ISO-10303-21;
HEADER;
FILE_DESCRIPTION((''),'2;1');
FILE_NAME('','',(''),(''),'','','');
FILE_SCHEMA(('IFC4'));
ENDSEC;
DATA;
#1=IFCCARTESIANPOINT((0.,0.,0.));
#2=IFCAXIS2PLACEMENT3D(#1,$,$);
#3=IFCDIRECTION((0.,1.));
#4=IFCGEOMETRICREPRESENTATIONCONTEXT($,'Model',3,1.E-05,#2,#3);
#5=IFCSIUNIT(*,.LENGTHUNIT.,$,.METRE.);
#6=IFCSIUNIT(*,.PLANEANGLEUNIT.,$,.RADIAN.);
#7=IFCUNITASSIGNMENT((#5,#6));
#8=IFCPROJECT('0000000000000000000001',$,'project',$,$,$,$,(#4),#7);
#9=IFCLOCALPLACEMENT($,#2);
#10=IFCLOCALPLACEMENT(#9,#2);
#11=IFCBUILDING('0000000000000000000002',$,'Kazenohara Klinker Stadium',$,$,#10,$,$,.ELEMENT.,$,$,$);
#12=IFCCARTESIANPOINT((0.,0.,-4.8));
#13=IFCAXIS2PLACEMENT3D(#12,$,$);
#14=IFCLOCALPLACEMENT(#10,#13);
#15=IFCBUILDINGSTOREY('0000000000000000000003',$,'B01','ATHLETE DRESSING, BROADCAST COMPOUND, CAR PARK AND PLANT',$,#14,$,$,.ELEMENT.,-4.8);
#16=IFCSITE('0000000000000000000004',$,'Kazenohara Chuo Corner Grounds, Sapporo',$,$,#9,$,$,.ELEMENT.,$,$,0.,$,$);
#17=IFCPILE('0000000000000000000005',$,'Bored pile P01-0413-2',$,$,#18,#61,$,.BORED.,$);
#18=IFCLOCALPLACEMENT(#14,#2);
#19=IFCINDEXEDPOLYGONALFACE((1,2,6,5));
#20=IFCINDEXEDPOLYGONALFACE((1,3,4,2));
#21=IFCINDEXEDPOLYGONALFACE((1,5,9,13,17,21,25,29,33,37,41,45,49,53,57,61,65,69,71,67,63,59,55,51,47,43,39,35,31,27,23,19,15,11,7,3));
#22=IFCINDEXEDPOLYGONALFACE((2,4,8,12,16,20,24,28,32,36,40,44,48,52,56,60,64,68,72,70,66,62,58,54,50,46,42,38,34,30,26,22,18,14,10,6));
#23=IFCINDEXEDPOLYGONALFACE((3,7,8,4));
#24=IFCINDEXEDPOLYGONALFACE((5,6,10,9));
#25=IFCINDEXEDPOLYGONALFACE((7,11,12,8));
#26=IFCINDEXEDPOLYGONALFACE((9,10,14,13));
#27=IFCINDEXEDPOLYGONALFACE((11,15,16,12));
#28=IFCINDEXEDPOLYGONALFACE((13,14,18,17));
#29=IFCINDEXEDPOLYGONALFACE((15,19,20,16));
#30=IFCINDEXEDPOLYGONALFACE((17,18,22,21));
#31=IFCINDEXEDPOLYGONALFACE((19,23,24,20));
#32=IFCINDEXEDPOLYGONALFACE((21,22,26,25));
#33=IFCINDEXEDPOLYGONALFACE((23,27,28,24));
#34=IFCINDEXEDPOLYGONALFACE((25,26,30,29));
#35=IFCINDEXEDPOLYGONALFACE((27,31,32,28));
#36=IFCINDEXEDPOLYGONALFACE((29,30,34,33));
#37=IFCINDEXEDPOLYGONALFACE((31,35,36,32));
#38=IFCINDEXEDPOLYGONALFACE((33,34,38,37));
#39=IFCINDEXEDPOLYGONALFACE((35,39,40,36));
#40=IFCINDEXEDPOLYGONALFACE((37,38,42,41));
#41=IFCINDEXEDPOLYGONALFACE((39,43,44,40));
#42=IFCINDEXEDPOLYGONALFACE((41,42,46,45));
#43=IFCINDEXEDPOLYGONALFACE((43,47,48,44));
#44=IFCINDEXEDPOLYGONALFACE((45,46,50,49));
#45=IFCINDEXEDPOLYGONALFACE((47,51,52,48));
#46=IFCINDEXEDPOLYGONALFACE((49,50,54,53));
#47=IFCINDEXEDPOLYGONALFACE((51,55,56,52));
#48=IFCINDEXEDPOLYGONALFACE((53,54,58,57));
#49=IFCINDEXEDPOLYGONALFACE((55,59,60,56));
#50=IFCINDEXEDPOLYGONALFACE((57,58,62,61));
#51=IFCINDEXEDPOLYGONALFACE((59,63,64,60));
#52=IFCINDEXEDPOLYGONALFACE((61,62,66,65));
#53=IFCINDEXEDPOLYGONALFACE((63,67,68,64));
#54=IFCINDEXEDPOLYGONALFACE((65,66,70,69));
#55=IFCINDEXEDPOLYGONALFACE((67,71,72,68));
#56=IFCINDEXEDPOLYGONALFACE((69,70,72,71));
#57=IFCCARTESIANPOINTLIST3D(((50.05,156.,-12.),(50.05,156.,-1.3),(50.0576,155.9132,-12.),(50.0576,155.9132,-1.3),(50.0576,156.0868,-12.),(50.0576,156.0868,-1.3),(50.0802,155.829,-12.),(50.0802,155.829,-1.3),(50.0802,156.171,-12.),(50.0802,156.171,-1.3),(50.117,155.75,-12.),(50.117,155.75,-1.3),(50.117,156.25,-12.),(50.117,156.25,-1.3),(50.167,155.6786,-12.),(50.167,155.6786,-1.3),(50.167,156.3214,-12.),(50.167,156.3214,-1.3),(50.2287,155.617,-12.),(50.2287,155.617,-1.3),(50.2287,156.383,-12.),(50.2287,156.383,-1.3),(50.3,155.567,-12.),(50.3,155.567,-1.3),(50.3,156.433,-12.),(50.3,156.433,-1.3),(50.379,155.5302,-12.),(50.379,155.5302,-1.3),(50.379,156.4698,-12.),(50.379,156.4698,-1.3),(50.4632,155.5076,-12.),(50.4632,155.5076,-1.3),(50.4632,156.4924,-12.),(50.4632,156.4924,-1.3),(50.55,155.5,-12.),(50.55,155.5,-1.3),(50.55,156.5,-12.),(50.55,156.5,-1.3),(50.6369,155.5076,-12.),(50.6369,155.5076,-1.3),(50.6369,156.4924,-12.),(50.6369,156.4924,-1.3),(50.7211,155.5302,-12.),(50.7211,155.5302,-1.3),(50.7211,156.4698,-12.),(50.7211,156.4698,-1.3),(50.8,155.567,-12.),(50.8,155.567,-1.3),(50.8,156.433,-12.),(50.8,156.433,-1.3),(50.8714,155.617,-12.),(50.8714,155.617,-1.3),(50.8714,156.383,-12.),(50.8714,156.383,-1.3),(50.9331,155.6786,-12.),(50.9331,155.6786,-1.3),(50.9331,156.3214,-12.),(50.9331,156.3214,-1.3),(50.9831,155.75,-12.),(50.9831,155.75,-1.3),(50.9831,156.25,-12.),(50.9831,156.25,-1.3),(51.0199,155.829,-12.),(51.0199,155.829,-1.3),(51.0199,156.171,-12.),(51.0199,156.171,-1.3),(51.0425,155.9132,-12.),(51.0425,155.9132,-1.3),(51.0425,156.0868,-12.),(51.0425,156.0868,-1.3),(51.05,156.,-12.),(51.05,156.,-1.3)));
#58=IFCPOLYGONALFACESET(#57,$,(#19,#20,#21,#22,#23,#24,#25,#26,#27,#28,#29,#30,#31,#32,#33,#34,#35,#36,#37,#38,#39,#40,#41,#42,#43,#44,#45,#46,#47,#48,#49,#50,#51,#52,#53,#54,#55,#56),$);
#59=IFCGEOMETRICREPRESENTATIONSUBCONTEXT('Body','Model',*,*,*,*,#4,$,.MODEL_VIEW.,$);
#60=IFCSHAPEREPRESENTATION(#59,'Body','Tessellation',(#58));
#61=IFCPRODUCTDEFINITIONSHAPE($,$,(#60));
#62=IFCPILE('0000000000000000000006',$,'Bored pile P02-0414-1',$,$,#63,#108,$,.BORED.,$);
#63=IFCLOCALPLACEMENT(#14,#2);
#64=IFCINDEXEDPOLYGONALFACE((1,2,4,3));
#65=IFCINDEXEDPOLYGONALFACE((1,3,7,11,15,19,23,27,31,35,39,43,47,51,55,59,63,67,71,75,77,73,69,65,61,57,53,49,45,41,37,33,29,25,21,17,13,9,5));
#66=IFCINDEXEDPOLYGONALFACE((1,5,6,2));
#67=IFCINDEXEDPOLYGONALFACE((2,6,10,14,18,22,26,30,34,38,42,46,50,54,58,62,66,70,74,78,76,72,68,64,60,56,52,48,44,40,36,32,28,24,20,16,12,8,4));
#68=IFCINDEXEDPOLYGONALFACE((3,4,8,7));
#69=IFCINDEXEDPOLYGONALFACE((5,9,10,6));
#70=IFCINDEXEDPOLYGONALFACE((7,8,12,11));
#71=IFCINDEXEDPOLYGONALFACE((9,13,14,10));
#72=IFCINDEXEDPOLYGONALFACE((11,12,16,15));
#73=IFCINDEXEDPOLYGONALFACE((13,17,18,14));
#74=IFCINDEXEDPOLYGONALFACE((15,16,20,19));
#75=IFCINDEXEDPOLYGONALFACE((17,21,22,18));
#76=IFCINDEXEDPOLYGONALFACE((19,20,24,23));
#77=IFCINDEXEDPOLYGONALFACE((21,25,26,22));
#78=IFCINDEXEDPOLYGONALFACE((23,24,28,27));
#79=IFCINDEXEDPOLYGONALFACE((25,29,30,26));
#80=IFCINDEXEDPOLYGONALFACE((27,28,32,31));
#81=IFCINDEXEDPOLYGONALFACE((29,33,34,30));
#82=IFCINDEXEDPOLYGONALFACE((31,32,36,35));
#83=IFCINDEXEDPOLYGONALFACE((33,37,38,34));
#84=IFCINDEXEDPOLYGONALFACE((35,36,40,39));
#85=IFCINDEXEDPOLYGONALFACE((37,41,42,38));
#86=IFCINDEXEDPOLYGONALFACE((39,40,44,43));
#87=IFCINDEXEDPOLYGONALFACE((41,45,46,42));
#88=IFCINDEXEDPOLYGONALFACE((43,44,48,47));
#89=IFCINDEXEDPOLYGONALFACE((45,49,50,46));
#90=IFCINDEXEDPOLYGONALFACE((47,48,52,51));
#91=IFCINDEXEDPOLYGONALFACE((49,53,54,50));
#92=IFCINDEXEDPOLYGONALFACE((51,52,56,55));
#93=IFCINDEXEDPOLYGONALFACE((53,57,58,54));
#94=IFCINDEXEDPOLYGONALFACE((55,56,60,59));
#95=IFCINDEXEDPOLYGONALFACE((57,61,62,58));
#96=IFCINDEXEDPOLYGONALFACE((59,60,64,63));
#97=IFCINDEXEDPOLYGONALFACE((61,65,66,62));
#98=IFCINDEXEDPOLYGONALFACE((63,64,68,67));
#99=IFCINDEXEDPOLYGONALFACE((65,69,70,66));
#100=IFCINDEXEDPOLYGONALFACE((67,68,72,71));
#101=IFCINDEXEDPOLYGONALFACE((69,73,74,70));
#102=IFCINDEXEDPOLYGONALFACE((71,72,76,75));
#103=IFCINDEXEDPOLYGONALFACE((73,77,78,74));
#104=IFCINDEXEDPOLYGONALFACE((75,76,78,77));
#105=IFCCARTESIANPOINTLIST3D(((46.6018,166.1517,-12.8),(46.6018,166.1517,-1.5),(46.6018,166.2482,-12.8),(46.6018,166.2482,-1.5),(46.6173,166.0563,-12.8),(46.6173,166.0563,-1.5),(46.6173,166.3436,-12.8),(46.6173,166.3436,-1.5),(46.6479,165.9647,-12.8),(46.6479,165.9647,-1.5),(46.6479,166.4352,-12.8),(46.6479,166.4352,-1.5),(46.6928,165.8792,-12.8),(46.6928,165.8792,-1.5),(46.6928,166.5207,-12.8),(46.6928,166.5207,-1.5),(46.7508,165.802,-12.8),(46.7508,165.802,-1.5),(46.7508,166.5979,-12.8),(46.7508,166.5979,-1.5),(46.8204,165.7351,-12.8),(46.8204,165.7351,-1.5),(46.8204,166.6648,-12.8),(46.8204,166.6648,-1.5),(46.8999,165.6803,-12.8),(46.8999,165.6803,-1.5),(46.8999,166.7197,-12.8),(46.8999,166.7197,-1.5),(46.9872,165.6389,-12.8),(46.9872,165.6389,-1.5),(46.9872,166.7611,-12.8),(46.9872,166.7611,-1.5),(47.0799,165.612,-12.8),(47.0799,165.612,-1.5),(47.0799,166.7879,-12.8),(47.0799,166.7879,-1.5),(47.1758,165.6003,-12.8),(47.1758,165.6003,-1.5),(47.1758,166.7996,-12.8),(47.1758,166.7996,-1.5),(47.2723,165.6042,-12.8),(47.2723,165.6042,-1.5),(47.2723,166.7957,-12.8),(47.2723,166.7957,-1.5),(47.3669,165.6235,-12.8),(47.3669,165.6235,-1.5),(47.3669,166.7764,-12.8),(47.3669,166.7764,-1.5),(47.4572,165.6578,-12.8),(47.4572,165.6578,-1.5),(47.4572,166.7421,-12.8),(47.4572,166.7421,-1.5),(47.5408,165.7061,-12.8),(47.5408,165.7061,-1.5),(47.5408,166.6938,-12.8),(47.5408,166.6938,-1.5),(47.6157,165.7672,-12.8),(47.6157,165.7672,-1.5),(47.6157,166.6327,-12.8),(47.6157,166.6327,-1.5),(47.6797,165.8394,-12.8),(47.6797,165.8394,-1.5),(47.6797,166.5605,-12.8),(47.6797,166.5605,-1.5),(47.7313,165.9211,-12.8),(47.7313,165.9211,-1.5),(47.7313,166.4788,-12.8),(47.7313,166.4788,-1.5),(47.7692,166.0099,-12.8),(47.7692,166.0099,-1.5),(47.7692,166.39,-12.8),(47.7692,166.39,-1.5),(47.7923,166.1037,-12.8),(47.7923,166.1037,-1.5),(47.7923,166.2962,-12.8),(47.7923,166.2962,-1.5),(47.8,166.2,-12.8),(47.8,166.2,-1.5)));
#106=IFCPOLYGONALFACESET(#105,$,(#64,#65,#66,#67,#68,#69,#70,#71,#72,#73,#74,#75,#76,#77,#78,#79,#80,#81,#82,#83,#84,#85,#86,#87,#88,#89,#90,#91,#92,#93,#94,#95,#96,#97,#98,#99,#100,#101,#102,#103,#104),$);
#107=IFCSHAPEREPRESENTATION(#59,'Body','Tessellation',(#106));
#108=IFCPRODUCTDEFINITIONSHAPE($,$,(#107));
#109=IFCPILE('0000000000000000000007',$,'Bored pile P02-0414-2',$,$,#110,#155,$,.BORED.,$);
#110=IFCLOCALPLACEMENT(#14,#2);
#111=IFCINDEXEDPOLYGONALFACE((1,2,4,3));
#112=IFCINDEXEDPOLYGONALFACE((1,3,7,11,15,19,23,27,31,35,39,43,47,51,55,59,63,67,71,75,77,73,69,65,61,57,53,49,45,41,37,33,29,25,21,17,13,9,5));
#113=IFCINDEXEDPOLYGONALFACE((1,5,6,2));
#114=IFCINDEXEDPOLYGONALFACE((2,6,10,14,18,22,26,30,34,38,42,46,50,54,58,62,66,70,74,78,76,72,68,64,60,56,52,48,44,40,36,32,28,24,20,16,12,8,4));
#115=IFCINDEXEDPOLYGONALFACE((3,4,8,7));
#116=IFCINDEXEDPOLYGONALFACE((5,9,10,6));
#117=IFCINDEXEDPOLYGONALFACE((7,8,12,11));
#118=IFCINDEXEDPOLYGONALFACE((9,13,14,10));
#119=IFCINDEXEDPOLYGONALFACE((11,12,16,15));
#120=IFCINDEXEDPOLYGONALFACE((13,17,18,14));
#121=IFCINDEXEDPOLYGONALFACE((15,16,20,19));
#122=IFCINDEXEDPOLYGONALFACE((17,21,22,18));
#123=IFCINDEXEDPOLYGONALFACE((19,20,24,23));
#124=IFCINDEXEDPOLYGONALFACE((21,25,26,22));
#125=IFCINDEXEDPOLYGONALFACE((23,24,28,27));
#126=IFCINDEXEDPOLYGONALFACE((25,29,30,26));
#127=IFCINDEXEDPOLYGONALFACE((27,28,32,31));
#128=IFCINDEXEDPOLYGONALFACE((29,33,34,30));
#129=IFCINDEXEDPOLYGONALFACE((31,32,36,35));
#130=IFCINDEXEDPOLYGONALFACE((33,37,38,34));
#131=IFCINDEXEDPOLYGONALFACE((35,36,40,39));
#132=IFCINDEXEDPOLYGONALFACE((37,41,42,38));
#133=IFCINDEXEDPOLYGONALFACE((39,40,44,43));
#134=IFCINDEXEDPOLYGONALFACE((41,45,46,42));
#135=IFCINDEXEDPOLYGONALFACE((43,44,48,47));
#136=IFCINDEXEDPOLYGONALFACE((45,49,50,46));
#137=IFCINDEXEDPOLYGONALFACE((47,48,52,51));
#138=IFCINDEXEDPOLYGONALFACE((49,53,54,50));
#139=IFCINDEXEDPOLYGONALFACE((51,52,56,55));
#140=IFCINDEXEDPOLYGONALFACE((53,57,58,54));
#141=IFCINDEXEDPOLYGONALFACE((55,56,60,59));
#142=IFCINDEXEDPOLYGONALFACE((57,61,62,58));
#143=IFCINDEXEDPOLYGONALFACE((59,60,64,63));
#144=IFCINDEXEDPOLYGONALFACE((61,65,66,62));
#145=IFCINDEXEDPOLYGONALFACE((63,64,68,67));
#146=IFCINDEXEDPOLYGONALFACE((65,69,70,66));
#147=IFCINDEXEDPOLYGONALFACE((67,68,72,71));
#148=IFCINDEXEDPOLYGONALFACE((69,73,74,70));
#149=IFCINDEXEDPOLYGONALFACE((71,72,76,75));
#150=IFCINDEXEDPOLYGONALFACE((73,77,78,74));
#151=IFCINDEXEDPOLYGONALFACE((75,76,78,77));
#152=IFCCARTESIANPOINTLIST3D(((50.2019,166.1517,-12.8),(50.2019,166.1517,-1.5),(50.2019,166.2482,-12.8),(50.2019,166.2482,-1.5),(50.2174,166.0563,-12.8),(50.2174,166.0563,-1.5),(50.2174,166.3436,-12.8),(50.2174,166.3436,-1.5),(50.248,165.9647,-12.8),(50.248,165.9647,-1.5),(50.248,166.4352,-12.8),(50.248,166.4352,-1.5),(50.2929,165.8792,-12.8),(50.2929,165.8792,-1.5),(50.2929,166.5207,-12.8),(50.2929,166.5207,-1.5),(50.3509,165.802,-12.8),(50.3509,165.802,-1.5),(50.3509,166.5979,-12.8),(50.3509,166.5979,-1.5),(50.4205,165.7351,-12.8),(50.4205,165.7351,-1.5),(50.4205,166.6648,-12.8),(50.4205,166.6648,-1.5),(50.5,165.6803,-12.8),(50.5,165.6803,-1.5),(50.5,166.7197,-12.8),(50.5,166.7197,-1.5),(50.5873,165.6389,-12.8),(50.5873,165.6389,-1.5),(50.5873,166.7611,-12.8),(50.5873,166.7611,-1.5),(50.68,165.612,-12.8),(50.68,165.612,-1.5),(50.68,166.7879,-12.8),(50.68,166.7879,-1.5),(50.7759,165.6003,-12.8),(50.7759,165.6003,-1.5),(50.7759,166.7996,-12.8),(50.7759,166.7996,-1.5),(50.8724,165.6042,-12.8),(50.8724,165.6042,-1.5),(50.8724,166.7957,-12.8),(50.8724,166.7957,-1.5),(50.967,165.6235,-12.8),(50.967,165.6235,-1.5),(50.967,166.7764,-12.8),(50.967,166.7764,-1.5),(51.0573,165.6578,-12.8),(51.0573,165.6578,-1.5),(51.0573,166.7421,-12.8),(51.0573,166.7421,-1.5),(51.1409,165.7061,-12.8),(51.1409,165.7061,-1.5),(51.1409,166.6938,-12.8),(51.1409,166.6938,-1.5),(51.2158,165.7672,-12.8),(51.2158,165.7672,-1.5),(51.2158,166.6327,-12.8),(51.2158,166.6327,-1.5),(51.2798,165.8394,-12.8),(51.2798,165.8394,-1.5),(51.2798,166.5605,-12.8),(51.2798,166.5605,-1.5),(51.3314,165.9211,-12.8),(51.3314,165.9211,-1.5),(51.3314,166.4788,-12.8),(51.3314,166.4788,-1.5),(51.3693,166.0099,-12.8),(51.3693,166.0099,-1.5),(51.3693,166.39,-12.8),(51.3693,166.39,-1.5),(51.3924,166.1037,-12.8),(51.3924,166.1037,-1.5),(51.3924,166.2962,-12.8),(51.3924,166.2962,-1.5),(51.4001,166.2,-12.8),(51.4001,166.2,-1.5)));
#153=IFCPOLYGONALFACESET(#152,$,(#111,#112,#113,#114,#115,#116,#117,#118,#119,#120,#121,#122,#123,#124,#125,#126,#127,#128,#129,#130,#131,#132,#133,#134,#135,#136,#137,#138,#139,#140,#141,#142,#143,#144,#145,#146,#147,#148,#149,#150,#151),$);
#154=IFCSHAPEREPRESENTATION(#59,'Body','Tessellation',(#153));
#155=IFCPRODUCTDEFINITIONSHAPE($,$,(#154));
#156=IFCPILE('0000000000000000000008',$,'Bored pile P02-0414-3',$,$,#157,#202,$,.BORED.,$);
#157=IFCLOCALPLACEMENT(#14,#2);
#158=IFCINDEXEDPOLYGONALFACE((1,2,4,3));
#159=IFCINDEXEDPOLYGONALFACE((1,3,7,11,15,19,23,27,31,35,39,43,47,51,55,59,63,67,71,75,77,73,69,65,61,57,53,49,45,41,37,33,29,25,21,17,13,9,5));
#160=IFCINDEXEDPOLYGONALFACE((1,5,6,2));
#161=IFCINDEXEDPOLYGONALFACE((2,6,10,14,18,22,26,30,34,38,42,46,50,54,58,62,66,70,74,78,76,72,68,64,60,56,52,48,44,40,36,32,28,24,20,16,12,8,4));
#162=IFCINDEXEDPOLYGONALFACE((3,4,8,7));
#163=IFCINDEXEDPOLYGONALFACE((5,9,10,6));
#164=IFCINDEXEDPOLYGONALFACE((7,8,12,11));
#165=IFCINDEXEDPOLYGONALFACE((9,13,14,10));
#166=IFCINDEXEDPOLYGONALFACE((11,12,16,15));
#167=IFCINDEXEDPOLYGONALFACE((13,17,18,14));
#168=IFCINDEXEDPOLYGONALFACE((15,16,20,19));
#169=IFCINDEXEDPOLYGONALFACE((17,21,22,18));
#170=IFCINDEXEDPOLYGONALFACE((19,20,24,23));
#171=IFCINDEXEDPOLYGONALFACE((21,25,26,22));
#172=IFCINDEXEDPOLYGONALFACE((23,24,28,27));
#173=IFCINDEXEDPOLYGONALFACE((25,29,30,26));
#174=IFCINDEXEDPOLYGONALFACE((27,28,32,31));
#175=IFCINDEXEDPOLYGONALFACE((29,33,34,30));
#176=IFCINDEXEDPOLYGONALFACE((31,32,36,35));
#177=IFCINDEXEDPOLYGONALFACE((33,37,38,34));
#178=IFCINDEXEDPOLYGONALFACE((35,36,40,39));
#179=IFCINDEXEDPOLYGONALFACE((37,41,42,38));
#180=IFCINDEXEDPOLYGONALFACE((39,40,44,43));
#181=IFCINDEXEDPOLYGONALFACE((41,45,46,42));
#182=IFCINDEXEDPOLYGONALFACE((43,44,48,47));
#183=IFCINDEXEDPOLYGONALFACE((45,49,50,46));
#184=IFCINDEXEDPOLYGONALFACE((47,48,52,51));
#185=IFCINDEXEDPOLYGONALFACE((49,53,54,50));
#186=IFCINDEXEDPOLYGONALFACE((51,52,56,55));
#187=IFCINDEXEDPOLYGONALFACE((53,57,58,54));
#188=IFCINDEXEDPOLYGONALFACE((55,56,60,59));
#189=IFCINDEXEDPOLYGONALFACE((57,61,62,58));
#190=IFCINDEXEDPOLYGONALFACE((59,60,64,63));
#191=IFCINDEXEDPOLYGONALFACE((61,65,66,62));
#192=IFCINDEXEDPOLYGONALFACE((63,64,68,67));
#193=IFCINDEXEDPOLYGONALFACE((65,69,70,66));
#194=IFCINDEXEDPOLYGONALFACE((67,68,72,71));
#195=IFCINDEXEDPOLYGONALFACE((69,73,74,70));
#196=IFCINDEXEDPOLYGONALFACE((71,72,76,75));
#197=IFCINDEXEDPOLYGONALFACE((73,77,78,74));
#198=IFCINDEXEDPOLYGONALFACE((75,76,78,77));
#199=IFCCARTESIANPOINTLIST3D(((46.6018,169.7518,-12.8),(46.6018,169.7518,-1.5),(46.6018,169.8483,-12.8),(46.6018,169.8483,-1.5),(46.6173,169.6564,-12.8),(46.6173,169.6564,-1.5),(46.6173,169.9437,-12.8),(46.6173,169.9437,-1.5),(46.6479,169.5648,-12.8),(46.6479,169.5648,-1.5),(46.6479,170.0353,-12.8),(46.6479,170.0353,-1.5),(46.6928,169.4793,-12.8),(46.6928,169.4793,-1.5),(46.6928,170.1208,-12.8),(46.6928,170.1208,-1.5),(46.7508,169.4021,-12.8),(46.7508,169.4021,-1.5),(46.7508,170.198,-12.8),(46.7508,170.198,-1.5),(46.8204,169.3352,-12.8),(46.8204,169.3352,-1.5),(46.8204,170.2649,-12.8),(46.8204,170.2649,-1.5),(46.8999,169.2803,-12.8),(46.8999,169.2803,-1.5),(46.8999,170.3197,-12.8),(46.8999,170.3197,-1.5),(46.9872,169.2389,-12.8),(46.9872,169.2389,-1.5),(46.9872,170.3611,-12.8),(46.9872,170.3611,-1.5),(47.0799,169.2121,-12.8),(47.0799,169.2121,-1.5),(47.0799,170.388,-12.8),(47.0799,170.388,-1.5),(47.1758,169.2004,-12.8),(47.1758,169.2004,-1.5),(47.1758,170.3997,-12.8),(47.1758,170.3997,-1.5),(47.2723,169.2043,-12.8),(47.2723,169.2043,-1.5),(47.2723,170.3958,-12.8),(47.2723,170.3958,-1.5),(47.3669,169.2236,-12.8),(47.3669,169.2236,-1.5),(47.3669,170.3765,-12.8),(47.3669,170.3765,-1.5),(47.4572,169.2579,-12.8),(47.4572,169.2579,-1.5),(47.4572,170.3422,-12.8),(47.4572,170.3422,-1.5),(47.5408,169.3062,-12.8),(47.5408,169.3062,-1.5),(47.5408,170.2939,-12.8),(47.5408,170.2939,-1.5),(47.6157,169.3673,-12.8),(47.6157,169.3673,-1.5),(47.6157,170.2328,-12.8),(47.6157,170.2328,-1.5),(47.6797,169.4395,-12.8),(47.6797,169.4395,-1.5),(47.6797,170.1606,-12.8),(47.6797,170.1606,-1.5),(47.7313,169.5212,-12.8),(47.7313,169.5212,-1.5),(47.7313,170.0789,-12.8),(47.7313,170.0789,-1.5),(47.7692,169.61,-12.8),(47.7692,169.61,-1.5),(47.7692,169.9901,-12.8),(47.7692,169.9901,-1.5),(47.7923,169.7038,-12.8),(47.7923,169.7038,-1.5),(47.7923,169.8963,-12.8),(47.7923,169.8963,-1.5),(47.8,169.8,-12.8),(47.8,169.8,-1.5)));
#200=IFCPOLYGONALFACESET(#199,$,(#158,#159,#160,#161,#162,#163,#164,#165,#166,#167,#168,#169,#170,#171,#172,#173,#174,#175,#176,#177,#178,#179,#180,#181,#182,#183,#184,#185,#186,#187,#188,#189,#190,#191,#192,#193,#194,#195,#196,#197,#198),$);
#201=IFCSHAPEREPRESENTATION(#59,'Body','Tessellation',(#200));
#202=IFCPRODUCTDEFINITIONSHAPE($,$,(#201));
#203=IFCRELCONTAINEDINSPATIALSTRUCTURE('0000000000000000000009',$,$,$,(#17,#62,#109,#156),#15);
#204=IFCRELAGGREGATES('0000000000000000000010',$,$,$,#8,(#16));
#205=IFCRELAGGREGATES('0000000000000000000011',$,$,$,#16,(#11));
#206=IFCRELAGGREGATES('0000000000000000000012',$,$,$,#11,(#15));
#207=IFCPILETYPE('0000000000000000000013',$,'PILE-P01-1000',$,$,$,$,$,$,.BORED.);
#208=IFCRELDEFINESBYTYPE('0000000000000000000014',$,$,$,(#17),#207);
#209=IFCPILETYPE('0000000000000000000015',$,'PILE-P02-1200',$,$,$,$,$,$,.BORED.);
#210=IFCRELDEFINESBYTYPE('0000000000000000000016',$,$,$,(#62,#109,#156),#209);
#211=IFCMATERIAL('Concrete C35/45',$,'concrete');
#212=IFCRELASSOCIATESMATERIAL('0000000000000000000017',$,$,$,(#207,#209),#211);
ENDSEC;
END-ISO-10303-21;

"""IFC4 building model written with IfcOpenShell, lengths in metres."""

from ifc_helpers import new_model, si_unit, direction, frame, origin, origin_2d, place, context, subcontext, project, spatial, circle, extrude, material, material_profile, profile_set, type_object, element, save


model = new_model("IFC4")

# Units and contexts
model_context = context("Model", 3, precision=1e-05, world=origin(), true_north=direction((0.0, 1.0)))
body_context = subcontext(model_context, "Body", "Model", "MODEL_VIEW")
ifc_project = project(units=[si_unit("LENGTHUNIT", "METRE"), si_unit("PLANEANGLEUNIT", "RADIAN")], contexts=[model_context])

# Site, building, storey
site_placement = place(None, origin())
site = spatial("IfcSite", under=ifc_project, at=site_placement, Name="Kazenohara Chuo Corner Grounds, Sapporo", CompositionType="ELEMENT", RefElevation=0.0)
building_placement = place(site_placement, origin())
building = spatial("IfcBuilding", under=site, at=building_placement, Name="Kazenohara Klinker Stadium", CompositionType="ELEMENT")
storey_placement = place(building_placement, frame((0.0, 0.0, -4.8)))
storey = spatial("IfcBuildingStorey", under=building, at=storey_placement, Name="B01", Description="ATHLETE DRESSING, BROADCAST COMPOUND, CAR PARK AND PLANT", CompositionType="ELEMENT", Elevation=-4.8)

# Shared definitions
ifc_material_1 = material(Name="Concrete C35/45", Category="concrete")

# Piles
ifc_material_profile_1 = material_profile(ifc_material_1, circle(Radius=0.5, at=origin_2d()), Name="BORED-PILE-1000")
ifc_profile_set_1 = profile_set([ifc_material_profile_1], Name="Concrete C35/45")
pile_type_1 = type_object("IfcPileType", Name="PILE-P01-1000", PredefinedType="BORED", material=ifc_profile_set_1)
for number, where, z_axis, x_axis, name in (
    (1, (50.55, 156.0, -1.3), (0.0, 0.0, -1.0), (1.0, 0.0, 0.0), "Bored pile P01-0413-2"),
):
    element("IfcPile", number, at=place(storey_placement, frame(where, z_axis=z_axis, x_axis=x_axis)), inside=storey, type_object=pile_type_1, Name=name, PredefinedType="BORED", context=body_context, shape_type="SweptSolid", body=[
        extrude(circle(Radius=0.5, at=origin_2d()), origin(), (0.0, 0.0, 1.0), 10.7),
    ])
ifc_material_profile_2 = material_profile(ifc_material_1, circle(Radius=0.6001, at=origin_2d()), Name="BORED-PILE-1200")
ifc_profile_set_2 = profile_set([ifc_material_profile_2], Name="Concrete C35/45")
pile_type_2 = type_object("IfcPileType", Name="PILE-P02-1200", PredefinedType="BORED", material=ifc_profile_set_2)
for number, where, z_axis, x_axis, name in (
    (2, (47.2, 166.2, -1.5), (0.0, 0.0, -1.0), (1.0, 0.0, 0.0), "Bored pile P02-0414-1"),
    (3, (50.8, 166.2, -1.5), (0.0, 0.0, -1.0), (1.0, 0.0, 0.0), "Bored pile P02-0414-2"),
    (4, (47.2, 169.8, -1.5), (0.0, 0.0, -1.0), (1.0, 0.0, 0.0), "Bored pile P02-0414-3"),
):
    element("IfcPile", number, at=place(storey_placement, frame(where, z_axis=z_axis, x_axis=x_axis)), inside=storey, type_object=pile_type_2, Name=name, PredefinedType="BORED", context=body_context, shape_type="SweptSolid", body=[
        extrude(circle(Radius=0.6001, at=origin_2d()), origin(), (0.0, 0.0, 1.0), 11.3),
    ])

save(model, "model.ifc")
